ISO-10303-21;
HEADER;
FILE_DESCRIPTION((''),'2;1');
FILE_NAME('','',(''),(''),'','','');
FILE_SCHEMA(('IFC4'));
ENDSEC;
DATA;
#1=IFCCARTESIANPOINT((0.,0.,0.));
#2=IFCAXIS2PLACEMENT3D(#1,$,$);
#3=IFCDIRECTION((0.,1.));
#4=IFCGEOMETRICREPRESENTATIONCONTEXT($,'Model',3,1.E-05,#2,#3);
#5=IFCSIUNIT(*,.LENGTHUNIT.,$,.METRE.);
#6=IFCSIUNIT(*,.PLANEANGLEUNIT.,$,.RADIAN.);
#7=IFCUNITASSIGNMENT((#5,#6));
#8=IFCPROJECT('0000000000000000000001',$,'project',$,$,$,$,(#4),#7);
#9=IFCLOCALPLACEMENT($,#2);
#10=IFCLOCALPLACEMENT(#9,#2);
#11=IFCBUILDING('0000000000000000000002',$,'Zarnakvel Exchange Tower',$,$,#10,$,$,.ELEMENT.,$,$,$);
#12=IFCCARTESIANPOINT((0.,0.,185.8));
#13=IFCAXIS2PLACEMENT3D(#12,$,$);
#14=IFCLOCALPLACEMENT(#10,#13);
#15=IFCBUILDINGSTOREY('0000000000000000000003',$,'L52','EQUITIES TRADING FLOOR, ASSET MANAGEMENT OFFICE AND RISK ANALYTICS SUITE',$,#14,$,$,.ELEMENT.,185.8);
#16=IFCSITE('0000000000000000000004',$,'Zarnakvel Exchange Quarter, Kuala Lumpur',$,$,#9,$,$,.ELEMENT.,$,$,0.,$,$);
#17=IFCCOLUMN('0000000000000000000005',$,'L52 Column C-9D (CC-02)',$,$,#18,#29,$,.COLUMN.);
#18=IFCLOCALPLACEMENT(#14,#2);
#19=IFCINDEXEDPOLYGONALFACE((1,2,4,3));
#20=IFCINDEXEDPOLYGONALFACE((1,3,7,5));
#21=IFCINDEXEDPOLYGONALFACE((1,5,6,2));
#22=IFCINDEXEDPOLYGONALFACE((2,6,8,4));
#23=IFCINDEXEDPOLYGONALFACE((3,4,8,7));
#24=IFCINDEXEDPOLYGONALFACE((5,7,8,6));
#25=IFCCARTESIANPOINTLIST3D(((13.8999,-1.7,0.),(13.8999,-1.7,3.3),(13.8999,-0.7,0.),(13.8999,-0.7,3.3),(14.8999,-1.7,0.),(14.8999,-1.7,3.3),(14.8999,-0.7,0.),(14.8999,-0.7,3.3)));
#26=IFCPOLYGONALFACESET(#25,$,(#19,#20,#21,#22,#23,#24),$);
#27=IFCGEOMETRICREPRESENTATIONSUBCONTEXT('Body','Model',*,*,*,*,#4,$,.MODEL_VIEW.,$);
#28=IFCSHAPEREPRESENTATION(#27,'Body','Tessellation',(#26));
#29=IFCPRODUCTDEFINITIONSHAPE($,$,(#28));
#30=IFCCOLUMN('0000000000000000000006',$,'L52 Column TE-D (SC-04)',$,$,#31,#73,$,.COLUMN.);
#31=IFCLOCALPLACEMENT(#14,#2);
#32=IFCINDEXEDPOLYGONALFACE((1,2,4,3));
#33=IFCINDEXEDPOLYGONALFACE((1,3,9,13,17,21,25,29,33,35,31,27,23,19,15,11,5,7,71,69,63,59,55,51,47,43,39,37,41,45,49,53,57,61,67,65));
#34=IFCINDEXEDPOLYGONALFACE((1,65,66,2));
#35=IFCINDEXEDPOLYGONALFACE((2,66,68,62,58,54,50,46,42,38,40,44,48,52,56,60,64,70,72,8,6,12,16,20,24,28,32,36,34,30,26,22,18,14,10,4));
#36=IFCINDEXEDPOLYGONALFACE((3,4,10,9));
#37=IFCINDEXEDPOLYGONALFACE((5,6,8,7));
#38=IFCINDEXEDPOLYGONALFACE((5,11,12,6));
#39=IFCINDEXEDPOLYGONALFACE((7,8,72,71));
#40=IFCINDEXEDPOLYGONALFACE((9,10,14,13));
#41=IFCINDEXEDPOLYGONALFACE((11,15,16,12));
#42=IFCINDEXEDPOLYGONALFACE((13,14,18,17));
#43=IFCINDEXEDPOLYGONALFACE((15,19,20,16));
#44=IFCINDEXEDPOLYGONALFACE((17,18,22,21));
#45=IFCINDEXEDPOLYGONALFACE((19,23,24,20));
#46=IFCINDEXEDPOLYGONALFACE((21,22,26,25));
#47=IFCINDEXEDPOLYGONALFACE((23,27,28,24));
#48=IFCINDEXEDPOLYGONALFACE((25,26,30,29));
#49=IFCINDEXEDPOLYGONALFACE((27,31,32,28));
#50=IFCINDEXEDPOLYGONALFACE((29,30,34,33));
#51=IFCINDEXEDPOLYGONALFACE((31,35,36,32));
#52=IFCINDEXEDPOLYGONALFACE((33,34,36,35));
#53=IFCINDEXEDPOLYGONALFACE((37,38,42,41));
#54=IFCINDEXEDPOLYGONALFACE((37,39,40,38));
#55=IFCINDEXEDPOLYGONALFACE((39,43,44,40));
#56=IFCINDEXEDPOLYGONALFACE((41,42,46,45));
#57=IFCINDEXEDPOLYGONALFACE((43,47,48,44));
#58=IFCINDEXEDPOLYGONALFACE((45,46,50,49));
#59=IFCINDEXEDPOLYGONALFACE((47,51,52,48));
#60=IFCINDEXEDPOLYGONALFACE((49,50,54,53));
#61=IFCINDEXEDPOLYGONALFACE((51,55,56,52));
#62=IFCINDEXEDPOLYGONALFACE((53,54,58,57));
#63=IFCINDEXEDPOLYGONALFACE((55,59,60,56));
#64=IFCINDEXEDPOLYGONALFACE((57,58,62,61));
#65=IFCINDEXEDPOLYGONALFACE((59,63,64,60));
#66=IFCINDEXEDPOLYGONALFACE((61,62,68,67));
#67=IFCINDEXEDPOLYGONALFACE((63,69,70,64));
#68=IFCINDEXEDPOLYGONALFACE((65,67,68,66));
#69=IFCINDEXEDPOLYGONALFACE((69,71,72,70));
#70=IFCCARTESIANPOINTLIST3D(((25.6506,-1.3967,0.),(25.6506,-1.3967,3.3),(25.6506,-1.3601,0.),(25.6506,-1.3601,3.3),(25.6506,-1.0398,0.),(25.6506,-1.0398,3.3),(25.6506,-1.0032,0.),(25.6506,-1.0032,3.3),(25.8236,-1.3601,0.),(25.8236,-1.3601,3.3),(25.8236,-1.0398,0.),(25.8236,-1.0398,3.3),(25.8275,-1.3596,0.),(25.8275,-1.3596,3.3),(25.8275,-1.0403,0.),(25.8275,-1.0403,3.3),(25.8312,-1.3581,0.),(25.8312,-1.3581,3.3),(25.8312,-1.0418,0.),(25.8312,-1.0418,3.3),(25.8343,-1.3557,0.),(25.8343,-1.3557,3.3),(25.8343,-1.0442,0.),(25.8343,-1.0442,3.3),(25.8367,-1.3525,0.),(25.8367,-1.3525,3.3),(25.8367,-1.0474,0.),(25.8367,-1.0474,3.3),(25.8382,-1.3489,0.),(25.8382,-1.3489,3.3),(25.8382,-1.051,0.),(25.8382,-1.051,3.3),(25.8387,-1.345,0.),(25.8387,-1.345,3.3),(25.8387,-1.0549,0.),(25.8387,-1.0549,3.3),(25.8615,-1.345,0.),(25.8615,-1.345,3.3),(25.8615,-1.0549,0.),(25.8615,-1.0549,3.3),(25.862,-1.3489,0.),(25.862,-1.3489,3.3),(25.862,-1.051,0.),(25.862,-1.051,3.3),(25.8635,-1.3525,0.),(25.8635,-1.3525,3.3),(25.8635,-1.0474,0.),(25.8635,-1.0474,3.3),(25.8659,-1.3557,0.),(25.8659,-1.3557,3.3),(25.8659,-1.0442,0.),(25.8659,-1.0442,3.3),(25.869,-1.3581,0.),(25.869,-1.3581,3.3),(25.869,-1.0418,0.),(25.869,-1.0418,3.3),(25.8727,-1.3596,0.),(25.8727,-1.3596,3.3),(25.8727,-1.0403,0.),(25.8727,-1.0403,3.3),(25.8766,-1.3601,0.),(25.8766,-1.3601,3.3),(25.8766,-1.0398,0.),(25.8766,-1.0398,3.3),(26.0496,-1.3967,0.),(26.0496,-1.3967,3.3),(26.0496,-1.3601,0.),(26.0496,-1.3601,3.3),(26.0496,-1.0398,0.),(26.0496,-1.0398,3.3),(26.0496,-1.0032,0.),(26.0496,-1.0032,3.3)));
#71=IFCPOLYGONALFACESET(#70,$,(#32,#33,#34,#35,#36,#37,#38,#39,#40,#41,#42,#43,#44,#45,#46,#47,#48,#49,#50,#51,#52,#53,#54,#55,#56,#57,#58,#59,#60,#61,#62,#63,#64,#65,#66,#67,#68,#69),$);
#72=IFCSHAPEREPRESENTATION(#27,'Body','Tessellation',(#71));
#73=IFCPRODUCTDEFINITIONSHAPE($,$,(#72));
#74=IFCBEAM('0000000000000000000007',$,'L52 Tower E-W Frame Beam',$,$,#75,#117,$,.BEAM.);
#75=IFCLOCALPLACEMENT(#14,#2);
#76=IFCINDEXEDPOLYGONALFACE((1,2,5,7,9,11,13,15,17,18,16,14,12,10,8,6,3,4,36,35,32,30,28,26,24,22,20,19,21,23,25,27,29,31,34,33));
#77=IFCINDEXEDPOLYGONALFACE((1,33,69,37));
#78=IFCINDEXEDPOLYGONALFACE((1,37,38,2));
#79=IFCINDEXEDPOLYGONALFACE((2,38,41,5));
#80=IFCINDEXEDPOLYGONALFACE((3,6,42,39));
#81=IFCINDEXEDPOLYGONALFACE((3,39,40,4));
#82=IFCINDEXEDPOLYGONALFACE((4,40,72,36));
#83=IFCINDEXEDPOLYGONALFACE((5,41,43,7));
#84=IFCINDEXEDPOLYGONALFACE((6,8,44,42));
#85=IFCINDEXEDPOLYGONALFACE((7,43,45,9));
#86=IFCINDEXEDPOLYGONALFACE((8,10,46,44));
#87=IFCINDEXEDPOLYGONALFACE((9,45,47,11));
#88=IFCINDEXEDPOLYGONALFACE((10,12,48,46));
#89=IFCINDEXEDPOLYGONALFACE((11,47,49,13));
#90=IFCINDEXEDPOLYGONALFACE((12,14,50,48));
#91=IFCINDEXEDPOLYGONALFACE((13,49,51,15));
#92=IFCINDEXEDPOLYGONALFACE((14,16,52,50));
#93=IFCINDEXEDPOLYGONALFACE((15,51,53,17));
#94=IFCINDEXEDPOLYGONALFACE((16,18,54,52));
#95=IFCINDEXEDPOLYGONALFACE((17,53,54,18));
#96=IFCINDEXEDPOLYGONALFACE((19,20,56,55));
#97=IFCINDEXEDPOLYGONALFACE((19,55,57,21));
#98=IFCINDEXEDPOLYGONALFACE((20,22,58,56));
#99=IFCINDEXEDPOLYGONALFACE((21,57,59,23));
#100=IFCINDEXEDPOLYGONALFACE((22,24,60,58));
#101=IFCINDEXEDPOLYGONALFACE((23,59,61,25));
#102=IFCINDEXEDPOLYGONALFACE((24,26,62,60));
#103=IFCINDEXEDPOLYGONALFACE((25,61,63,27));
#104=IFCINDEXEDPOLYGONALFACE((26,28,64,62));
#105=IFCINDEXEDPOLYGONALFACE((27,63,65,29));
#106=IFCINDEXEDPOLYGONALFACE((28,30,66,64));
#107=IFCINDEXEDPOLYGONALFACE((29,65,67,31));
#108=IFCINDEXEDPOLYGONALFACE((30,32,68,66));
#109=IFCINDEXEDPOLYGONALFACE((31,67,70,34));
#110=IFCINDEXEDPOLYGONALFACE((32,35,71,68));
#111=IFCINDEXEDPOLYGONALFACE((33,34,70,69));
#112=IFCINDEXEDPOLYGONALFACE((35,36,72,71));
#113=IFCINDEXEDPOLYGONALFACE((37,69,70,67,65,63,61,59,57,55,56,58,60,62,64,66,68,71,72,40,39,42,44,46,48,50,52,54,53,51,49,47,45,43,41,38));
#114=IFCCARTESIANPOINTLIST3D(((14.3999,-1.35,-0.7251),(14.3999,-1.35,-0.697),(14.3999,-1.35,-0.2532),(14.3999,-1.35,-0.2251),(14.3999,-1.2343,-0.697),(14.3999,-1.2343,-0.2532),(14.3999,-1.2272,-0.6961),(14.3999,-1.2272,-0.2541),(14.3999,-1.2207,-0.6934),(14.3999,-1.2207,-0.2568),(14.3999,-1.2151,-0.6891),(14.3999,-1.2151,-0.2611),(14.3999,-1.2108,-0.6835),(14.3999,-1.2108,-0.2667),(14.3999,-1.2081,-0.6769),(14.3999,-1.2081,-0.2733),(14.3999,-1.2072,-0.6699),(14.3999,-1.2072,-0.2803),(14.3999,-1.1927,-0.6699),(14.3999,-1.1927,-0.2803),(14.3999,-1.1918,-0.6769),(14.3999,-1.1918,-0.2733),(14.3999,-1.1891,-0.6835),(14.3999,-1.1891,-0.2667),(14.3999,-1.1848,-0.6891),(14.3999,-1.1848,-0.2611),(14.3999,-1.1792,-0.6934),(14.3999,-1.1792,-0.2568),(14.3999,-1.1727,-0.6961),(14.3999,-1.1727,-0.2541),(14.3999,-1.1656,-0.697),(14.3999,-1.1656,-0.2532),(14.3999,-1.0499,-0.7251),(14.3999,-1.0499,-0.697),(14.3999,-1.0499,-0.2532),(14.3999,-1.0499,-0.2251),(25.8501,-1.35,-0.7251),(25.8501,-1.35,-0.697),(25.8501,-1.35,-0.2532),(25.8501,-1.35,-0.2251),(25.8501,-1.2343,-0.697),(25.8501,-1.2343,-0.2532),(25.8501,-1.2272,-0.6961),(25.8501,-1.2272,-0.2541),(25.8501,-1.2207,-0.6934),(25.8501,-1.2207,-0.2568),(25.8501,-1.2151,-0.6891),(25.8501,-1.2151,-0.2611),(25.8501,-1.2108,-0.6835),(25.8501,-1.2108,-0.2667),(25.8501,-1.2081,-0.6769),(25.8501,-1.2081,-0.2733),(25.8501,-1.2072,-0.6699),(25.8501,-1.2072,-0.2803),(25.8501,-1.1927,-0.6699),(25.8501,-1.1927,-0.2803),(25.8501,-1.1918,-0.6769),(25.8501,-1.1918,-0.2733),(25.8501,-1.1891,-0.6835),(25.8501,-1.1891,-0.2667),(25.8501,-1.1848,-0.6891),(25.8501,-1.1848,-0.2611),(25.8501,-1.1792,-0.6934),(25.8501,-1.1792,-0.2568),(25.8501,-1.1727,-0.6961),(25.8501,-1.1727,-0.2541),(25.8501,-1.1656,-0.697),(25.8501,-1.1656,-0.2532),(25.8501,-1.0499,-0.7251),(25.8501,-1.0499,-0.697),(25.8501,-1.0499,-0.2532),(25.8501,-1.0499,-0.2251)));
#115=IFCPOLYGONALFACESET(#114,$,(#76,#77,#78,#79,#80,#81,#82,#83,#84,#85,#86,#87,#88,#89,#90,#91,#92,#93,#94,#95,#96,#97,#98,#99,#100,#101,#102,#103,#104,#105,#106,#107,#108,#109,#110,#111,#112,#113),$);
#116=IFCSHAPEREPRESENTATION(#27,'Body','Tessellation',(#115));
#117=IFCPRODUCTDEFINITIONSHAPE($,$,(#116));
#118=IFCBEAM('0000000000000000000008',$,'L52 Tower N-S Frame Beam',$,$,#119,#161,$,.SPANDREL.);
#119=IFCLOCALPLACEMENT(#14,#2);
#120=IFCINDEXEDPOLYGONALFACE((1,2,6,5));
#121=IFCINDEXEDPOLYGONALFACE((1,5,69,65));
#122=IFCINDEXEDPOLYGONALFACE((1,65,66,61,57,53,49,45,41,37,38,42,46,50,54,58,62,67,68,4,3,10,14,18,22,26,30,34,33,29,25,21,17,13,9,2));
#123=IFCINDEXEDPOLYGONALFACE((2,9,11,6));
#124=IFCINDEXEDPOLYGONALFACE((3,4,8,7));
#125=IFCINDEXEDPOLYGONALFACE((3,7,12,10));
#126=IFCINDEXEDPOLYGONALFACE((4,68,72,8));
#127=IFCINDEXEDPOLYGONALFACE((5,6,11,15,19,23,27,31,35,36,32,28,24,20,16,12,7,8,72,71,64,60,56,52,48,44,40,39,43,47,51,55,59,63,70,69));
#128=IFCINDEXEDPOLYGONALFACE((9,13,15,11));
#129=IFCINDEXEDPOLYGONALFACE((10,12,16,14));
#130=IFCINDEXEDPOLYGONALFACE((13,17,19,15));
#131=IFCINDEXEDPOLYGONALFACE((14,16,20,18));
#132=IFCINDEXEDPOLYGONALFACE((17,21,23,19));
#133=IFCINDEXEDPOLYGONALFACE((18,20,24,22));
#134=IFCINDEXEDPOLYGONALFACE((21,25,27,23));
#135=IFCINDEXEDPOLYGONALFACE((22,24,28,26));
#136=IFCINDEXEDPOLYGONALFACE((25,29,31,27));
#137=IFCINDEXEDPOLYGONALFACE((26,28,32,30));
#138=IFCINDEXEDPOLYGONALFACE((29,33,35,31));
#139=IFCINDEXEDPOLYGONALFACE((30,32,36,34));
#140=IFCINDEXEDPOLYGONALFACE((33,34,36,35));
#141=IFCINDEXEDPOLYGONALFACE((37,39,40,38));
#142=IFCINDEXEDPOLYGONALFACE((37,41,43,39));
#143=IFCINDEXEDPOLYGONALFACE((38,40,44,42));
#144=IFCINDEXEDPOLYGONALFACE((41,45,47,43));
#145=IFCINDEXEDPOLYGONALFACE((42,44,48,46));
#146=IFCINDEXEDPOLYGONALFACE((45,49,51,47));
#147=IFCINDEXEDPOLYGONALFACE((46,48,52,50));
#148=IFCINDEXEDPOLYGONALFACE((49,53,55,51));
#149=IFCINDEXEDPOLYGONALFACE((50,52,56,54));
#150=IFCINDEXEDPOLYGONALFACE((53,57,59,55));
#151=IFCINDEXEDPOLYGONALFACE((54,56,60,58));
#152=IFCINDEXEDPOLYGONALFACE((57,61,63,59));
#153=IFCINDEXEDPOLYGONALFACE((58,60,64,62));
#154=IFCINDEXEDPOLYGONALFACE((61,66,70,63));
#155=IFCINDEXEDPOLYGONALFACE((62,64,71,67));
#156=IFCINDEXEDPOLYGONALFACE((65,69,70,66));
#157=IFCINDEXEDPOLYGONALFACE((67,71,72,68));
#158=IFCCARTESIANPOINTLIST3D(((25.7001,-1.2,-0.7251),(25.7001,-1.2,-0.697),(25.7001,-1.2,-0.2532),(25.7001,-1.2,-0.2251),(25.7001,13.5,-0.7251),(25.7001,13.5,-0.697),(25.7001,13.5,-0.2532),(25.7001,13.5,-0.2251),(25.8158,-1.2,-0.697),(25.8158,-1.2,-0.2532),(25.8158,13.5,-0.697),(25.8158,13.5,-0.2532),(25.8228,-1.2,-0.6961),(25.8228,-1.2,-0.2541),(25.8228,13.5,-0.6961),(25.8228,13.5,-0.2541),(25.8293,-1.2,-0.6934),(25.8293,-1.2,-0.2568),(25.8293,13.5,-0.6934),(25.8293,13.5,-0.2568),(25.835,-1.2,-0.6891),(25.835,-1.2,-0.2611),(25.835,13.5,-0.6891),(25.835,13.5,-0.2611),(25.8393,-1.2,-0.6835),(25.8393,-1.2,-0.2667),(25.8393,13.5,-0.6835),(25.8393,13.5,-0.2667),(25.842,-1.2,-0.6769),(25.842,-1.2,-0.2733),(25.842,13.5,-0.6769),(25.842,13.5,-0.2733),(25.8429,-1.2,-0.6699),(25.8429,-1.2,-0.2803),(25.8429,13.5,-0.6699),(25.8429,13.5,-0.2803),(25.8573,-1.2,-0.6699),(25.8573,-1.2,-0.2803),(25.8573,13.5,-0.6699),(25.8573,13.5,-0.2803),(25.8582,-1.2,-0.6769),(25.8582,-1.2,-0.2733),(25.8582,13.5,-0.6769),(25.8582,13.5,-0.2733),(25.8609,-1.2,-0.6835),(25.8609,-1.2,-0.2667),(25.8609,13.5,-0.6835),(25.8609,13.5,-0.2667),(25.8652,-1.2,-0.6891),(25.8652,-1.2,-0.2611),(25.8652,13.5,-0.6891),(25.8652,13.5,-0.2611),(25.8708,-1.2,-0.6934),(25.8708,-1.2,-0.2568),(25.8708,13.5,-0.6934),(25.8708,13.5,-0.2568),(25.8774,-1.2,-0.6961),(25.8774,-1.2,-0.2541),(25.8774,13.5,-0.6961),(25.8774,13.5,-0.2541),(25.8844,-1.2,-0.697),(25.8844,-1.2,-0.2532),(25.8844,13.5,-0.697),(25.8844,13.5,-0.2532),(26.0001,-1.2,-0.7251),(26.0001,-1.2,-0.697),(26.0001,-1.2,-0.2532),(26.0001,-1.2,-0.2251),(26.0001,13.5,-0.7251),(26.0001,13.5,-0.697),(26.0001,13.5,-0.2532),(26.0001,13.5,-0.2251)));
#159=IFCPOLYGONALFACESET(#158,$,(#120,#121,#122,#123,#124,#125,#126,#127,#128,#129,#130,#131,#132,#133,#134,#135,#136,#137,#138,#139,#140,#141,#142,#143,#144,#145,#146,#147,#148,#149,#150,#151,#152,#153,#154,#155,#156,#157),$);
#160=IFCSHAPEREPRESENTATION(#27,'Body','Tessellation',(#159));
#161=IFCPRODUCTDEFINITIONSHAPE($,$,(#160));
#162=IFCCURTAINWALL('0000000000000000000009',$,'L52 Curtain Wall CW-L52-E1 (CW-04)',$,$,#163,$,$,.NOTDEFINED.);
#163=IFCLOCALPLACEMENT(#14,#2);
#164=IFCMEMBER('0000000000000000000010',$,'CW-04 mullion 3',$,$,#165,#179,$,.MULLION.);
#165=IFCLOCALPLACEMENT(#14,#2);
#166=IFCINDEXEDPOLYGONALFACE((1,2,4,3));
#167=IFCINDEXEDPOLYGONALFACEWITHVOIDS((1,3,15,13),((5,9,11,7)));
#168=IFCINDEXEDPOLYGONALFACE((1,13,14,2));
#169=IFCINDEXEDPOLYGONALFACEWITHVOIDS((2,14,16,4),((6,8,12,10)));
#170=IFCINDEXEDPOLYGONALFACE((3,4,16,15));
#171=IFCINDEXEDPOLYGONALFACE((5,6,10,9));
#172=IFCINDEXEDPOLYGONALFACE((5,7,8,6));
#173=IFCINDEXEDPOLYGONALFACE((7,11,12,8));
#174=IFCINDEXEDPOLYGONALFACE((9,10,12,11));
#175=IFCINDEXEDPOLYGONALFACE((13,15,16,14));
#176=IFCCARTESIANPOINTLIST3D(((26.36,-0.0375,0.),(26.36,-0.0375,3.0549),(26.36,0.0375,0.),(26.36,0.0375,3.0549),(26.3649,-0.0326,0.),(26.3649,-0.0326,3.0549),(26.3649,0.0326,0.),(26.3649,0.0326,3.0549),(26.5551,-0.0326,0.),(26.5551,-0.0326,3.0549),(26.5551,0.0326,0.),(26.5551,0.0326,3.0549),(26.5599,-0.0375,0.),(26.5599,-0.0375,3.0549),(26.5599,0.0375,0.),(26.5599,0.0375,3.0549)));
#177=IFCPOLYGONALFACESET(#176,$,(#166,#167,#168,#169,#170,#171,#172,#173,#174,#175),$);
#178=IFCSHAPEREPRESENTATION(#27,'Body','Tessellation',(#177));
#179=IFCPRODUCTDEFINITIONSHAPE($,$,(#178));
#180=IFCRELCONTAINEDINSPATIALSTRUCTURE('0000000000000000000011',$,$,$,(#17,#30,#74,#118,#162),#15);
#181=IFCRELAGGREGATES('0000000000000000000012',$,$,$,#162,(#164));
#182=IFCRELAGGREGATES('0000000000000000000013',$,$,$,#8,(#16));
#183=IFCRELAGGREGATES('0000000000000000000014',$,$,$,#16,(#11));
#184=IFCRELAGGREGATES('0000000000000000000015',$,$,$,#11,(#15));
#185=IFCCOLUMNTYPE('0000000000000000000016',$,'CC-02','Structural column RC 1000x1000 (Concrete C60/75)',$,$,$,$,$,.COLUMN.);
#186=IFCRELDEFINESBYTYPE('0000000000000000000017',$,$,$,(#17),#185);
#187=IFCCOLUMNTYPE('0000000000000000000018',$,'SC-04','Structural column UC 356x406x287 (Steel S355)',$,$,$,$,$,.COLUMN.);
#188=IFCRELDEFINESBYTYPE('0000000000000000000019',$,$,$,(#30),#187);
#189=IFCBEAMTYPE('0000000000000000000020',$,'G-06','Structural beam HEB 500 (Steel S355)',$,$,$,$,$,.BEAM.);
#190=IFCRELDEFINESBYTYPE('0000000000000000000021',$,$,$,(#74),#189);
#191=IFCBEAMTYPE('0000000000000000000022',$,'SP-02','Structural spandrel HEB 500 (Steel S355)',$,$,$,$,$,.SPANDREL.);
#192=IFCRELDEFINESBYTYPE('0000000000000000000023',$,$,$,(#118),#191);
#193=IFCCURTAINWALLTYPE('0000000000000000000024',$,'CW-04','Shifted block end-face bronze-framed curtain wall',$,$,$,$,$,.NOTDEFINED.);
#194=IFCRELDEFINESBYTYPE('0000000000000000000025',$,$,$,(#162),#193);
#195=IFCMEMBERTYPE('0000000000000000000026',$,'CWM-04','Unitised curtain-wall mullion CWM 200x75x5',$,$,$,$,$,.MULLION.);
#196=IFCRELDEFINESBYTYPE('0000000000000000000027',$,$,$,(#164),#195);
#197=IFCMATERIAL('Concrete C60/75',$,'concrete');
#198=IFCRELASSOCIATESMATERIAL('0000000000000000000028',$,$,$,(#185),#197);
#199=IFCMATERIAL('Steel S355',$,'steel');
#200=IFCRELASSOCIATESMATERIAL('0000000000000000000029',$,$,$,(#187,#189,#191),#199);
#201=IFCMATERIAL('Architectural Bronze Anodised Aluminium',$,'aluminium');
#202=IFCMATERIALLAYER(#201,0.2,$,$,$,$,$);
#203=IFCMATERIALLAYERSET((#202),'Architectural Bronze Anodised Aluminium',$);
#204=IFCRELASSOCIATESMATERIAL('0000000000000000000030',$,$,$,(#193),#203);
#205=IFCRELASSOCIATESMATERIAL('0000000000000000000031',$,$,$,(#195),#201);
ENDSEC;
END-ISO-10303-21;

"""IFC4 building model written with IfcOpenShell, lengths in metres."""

from ifc_helpers import new_model, si_unit, direction, frame, origin, origin_2d, place, context, subcontext, project, spatial, rectangle, hollow_rectangle, i_section, extrude, source, transform, mapped, material, layer, layer_set, material_profile, profile_set, type_object, element, aggregate, save


model = new_model("IFC4")

# Units and contexts
model_context = context("Model", 3, precision=1e-05, world=origin(), true_north=direction((0.0, 1.0)))
body_context = subcontext(model_context, "Body", "Model", "MODEL_VIEW")
ifc_project = project(units=[si_unit("LENGTHUNIT", "METRE"), si_unit("PLANEANGLEUNIT", "RADIAN")], contexts=[model_context])

# Site, building, storey
site_placement = place(None, origin())
site = spatial("IfcSite", under=ifc_project, at=site_placement, Name="Zarnakvel Exchange Quarter, Kuala Lumpur", CompositionType="ELEMENT", RefElevation=0.0)
building_placement = place(site_placement, origin())
building = spatial("IfcBuilding", under=site, at=building_placement, Name="Zarnakvel Exchange Tower", CompositionType="ELEMENT")
storey_placement = place(building_placement, frame((0.0, 0.0, 185.8)))
storey = spatial("IfcBuildingStorey", under=building, at=storey_placement, Name="L52", Description="EQUITIES TRADING FLOOR, ASSET MANAGEMENT OFFICE AND RISK ANALYTICS SUITE", CompositionType="ELEMENT", Elevation=185.8)

# Columns
ifc_material_1 = material(Name="Concrete C60/75", Category="concrete")
ifc_material_profile_1 = material_profile(ifc_material_1, rectangle(XDim=1.0, YDim=1.0, at=origin_2d()))
ifc_profile_set_1 = profile_set([ifc_material_profile_1], Name="Concrete C60/75")
column_type_1 = type_object("IfcColumnType", Name="CC-02", Description="Structural column RC 1000x1000 (Concrete C60/75)", PredefinedType="COLUMN", material=ifc_profile_set_1)
column_1_placement = place(storey_placement, frame((14.3999, -1.2, 0.0), z_axis=(0.0, 0.0, 1.0), x_axis=(1.0, 0.0, 0.0)))
element("IfcColumn", 1, at=column_1_placement, inside=storey, type_object=column_type_1, Name="L52 Column C-9D (CC-02)", PredefinedType="COLUMN", context=body_context, shape_type="SweptSolid", body=[
    extrude(rectangle(XDim=1.0, YDim=1.0, at=origin_2d()), origin(), (0.0, 0.0, 1.0), 3.3),
])
ifc_material_2 = material(Name="Steel S355", Category="steel")
ifc_material_profile_2 = material_profile(ifc_material_2, i_section(OverallWidth=0.3989, OverallDepth=0.3936, WebThickness=0.0227, FlangeThickness=0.0366, FilletRadius=0.0151, at=origin_2d()))
ifc_profile_set_2 = profile_set([ifc_material_profile_2], Name="Steel S355")
column_type_2 = type_object("IfcColumnType", Name="SC-04", Description="Structural column UC 356x406x287 (Steel S355)", PredefinedType="COLUMN", material=ifc_profile_set_2)
column_2_placement = place(storey_placement, frame((25.8501, -1.2, 0.0), z_axis=(0.0, 0.0, 1.0), x_axis=(1.0, 0.0, 0.0)))
element("IfcColumn", 2, at=column_2_placement, inside=storey, type_object=column_type_2, Name="L52 Column TE-D (SC-04)", PredefinedType="COLUMN", context=body_context, shape_type="SweptSolid", body=[
    extrude(i_section(OverallWidth=0.3989, OverallDepth=0.3936, WebThickness=0.0227, FlangeThickness=0.0366, FilletRadius=0.0151, at=origin_2d()), origin(), (0.0, 0.0, 1.0), 3.3),
])

# Beams
ifc_material_profile_3 = material_profile(ifc_material_2, i_section(OverallWidth=0.3, OverallDepth=0.5, WebThickness=0.0144, FlangeThickness=0.0281, FilletRadius=0.0271, at=origin_2d()))
ifc_profile_set_3 = profile_set([ifc_material_profile_3], Name="Steel S355")
beam_type_1 = type_object("IfcBeamType", Name="G-06", Description="Structural beam HEB 500 (Steel S355)", PredefinedType="BEAM", material=ifc_profile_set_3)
beam_1_placement = place(storey_placement, frame((14.3999, -1.2, -0.4751), z_axis=(1.0, 0.0, 0.0), x_axis=(0.0, 1.0, 0.0)))
element("IfcBeam", 3, at=beam_1_placement, inside=storey, type_object=beam_type_1, Name="L52 Tower E-W Frame Beam", PredefinedType="BEAM", context=body_context, shape_type="SweptSolid", body=[
    extrude(i_section(OverallWidth=0.3, OverallDepth=0.5, WebThickness=0.0144, FlangeThickness=0.0281, FilletRadius=0.0271, at=origin_2d()), origin(), (0.0, 0.0, 1.0), 11.4502),
])
ifc_material_profile_4 = material_profile(ifc_material_2, i_section(OverallWidth=0.3, OverallDepth=0.5, WebThickness=0.0144, FlangeThickness=0.0281, FilletRadius=0.0271, at=origin_2d()))
ifc_profile_set_4 = profile_set([ifc_material_profile_4], Name="Steel S355")
beam_type_2 = type_object("IfcBeamType", Name="SP-02", Description="Structural spandrel HEB 500 (Steel S355)", PredefinedType="SPANDREL", material=ifc_profile_set_4)
beam_2_placement = place(storey_placement, frame((25.8501, -1.2, -0.4751), z_axis=(0.0, 1.0, 0.0), x_axis=(-1.0, 0.0, 0.0)))
element("IfcBeam", 4, at=beam_2_placement, inside=storey, type_object=beam_type_2, Name="L52 Tower N-S Frame Beam", PredefinedType="SPANDREL", context=body_context, shape_type="SweptSolid", body=[
    extrude(i_section(OverallWidth=0.3, OverallDepth=0.5, WebThickness=0.0144, FlangeThickness=0.0281, FilletRadius=0.0271, at=origin_2d()), origin(), (0.0, 0.0, 1.0), 14.7),
])

# Curtain wall, member
ifc_material_3 = material(Name="Architectural Bronze Anodised Aluminium", Category="aluminium")
ifc_layer_1 = layer(ifc_material_3, 0.2)
ifc_layer_set_1 = layer_set([ifc_layer_1], Name="Architectural Bronze Anodised Aluminium")
curtain_wall_type = type_object("IfcCurtainWallType", Name="CW-04", Description="Shifted block end-face bronze-framed curtain wall", PredefinedType="NOTDEFINED", material=ifc_layer_set_1)
curtain_wall_placement = place(storey_placement, origin())
curtain_wall = element("IfcCurtainWall", 5, at=curtain_wall_placement, inside=storey, type_object=curtain_wall_type, Name="L52 Curtain Wall CW-L52-E1 (CW-04)", PredefinedType="NOTDEFINED")
ifc_material_profile_5 = material_profile(ifc_material_3, hollow_rectangle(XDim=0.2, YDim=0.075, WallThickness=0.0049, at=origin_2d()))
ifc_profile_set_5 = profile_set([ifc_material_profile_5], Name="Architectural Bronze Anodised Aluminium")
member_type_1 = type_object("IfcMemberType", Name="CWM-04", Description="Unitised curtain-wall mullion CWM 200x75x5", PredefinedType="MULLION", material=ifc_profile_set_5)
shared_shape_1 = source(origin(), body_context, "Body", "SweptSolid", [
    extrude(hollow_rectangle(XDim=0.2, YDim=0.075, WallThickness=0.0049, at=origin_2d()), origin(), (0.0, 0.0, 1.0), 3.0549),
])
member_1_placement = place(storey_placement, frame((26.46, 0.0, 0.0), z_axis=(0.0, 0.0, 1.0), x_axis=(-1.0, 0.0, 0.0)))
member_1 = element("IfcMember", 6, at=member_1_placement, type_object=member_type_1, Name="CW-04 mullion 3", PredefinedType="MULLION", context=body_context, shape_type="MappedRepresentation", body=[
    mapped(shared_shape_1, transform((0.0, 0.0, 0.0), x_axis=(1.0, 0.0, 0.0), y_axis=(0.0, 1.0, 0.0), z_axis=(0.0, 0.0, 1.0), scale=1.0)),
])
aggregate(curtain_wall, [member_1])

save(model, "model.ifc")
